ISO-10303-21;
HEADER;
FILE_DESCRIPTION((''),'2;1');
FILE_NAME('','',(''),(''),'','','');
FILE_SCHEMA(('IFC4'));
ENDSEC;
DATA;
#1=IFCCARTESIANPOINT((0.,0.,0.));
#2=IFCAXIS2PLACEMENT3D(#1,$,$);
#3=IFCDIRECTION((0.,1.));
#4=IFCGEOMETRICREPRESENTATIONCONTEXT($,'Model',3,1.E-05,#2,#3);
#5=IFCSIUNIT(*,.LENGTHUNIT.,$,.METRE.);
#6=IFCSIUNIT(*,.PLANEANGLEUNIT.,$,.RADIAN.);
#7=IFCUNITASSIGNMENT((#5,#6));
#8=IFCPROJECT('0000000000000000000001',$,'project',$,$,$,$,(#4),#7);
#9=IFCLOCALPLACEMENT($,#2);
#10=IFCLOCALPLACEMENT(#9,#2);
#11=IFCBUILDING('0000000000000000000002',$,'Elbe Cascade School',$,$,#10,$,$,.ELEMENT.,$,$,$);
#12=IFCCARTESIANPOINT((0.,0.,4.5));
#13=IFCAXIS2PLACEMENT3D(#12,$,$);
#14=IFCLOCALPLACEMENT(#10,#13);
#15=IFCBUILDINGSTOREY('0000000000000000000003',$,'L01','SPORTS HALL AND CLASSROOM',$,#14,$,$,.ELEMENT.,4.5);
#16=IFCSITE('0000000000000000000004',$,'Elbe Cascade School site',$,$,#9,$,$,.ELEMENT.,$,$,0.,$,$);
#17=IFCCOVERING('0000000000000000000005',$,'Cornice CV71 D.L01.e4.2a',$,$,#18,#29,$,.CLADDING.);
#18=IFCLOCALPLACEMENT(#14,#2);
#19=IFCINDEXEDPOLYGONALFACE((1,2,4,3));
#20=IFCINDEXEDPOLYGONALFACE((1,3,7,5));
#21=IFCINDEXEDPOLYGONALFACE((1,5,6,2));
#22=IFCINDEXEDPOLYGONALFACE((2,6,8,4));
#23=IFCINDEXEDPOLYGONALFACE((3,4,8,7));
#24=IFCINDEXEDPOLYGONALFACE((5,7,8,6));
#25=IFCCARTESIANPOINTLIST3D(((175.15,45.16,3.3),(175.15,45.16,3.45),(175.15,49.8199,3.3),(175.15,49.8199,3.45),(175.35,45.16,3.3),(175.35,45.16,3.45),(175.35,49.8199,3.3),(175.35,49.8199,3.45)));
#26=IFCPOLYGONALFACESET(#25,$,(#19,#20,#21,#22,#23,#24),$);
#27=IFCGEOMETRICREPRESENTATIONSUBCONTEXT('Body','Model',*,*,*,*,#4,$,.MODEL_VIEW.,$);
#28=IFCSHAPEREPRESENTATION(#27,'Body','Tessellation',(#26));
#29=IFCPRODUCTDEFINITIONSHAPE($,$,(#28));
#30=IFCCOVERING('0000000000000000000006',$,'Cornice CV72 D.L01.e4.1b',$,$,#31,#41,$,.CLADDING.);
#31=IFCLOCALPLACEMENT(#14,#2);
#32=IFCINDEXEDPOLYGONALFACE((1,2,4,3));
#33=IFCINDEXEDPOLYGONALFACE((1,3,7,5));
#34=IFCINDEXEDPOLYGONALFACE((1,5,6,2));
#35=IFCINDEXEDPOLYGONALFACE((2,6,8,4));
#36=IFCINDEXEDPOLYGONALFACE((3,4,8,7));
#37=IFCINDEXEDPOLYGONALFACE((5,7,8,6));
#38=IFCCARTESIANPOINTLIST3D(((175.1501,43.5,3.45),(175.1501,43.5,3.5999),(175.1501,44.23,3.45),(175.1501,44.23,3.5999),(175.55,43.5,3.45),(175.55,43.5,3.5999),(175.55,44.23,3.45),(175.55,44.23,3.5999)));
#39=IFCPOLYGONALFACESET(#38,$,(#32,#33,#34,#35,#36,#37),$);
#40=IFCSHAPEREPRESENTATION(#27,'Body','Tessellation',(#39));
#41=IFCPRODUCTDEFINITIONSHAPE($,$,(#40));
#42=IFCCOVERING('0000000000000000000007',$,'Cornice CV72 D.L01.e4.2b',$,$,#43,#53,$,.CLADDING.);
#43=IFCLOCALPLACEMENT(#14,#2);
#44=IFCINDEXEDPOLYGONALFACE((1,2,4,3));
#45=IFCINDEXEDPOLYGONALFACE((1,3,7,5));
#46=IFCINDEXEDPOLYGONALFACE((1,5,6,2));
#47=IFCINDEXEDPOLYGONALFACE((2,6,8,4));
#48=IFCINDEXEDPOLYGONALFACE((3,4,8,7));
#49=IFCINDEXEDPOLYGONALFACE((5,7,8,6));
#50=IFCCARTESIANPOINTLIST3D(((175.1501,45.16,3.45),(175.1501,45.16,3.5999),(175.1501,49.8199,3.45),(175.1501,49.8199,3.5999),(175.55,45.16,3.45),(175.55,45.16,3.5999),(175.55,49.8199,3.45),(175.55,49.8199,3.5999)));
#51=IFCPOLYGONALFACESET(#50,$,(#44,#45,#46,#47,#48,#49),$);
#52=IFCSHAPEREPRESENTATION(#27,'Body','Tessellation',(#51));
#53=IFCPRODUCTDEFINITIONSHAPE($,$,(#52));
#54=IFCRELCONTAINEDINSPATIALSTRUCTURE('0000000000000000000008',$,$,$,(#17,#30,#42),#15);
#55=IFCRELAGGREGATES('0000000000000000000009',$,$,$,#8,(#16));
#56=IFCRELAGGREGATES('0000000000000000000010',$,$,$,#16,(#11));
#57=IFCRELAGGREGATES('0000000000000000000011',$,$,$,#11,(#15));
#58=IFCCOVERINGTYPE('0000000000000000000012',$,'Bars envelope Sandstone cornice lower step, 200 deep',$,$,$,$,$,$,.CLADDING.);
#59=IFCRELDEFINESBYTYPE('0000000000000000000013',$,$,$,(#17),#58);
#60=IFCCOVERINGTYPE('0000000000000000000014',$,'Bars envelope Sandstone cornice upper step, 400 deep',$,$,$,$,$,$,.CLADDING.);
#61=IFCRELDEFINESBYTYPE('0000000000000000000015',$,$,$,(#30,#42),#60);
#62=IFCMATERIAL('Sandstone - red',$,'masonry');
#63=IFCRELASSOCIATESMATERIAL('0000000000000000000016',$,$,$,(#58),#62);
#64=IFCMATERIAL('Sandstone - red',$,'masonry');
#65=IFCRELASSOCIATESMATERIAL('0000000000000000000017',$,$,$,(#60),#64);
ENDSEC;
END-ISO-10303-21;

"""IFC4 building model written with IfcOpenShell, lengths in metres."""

from ifc_helpers import new_model, si_unit, direction, frame, origin, origin_2d, place, context, subcontext, project, spatial, rectangle, extrude, material, type_object, element, save


model = new_model("IFC4")

# Units and contexts
model_context = context("Model", 3, precision=1e-05, world=origin(), true_north=direction((0.0, 1.0)))
body_context = subcontext(model_context, "Body", "Model", "MODEL_VIEW")
ifc_project = project(units=[si_unit("LENGTHUNIT", "METRE"), si_unit("PLANEANGLEUNIT", "RADIAN")], contexts=[model_context])

# Site, building, storey
site_placement = place(None, origin())
site = spatial("IfcSite", under=ifc_project, at=site_placement, Name="Elbe Cascade School site", CompositionType="ELEMENT", RefElevation=0.0)
building_placement = place(site_placement, origin())
building = spatial("IfcBuilding", under=site, at=building_placement, Name="Elbe Cascade School", CompositionType="ELEMENT")
storey_placement = place(building_placement, frame((0.0, 0.0, 4.5)))
storey = spatial("IfcBuildingStorey", under=building, at=storey_placement, Name="L01", Description="SPORTS HALL AND CLASSROOM", CompositionType="ELEMENT", Elevation=4.5)

# Coverings
ifc_material_1 = material(Name="Sandstone - red", Category="masonry")
covering_type_1 = type_object("IfcCoveringType", Name="Bars envelope Sandstone cornice lower step, 200 deep", PredefinedType="CLADDING", material=ifc_material_1)
covering_1_placement = place(storey_placement, frame((175.25, 47.49, 3.3), z_axis=(0.0, 0.0, 1.0), x_axis=(0.0, 1.0, 0.0)))
element("IfcCovering", 1, at=covering_1_placement, inside=storey, type_object=covering_type_1, Name="Cornice CV71 D.L01.e4.2a", PredefinedType="CLADDING", context=body_context, shape_type="SweptSolid", body=[
    extrude(rectangle(XDim=4.6599, YDim=0.2, at=origin_2d()), origin(), (0.0, 0.0, 1.0), 0.1499),
])
ifc_material_2 = material(Name="Sandstone - red", Category="masonry")
covering_type_2 = type_object("IfcCoveringType", Name="Bars envelope Sandstone cornice upper step, 400 deep", PredefinedType="CLADDING", material=ifc_material_2)
covering_2_placement = place(storey_placement, frame((175.3501, 43.865, 3.45), z_axis=(0.0, 0.0, 1.0), x_axis=(0.0, 1.0, 0.0)))
element("IfcCovering", 2, at=covering_2_placement, inside=storey, type_object=covering_type_2, Name="Cornice CV72 D.L01.e4.1b", PredefinedType="CLADDING", context=body_context, shape_type="SweptSolid", body=[
    extrude(rectangle(XDim=0.73, YDim=0.3999, at=origin_2d()), origin(), (0.0, 0.0, 1.0), 0.1499),
])
covering_3_placement = place(storey_placement, frame((175.3501, 47.49, 3.45), z_axis=(0.0, 0.0, 1.0), x_axis=(0.0, 1.0, 0.0)))
element("IfcCovering", 3, at=covering_3_placement, inside=storey, type_object=covering_type_2, Name="Cornice CV72 D.L01.e4.2b", PredefinedType="CLADDING", context=body_context, shape_type="SweptSolid", body=[
    extrude(rectangle(XDim=4.6599, YDim=0.3999, at=origin_2d()), origin(), (0.0, 0.0, 1.0), 0.1499),
])

save(model, "model.ifc")
